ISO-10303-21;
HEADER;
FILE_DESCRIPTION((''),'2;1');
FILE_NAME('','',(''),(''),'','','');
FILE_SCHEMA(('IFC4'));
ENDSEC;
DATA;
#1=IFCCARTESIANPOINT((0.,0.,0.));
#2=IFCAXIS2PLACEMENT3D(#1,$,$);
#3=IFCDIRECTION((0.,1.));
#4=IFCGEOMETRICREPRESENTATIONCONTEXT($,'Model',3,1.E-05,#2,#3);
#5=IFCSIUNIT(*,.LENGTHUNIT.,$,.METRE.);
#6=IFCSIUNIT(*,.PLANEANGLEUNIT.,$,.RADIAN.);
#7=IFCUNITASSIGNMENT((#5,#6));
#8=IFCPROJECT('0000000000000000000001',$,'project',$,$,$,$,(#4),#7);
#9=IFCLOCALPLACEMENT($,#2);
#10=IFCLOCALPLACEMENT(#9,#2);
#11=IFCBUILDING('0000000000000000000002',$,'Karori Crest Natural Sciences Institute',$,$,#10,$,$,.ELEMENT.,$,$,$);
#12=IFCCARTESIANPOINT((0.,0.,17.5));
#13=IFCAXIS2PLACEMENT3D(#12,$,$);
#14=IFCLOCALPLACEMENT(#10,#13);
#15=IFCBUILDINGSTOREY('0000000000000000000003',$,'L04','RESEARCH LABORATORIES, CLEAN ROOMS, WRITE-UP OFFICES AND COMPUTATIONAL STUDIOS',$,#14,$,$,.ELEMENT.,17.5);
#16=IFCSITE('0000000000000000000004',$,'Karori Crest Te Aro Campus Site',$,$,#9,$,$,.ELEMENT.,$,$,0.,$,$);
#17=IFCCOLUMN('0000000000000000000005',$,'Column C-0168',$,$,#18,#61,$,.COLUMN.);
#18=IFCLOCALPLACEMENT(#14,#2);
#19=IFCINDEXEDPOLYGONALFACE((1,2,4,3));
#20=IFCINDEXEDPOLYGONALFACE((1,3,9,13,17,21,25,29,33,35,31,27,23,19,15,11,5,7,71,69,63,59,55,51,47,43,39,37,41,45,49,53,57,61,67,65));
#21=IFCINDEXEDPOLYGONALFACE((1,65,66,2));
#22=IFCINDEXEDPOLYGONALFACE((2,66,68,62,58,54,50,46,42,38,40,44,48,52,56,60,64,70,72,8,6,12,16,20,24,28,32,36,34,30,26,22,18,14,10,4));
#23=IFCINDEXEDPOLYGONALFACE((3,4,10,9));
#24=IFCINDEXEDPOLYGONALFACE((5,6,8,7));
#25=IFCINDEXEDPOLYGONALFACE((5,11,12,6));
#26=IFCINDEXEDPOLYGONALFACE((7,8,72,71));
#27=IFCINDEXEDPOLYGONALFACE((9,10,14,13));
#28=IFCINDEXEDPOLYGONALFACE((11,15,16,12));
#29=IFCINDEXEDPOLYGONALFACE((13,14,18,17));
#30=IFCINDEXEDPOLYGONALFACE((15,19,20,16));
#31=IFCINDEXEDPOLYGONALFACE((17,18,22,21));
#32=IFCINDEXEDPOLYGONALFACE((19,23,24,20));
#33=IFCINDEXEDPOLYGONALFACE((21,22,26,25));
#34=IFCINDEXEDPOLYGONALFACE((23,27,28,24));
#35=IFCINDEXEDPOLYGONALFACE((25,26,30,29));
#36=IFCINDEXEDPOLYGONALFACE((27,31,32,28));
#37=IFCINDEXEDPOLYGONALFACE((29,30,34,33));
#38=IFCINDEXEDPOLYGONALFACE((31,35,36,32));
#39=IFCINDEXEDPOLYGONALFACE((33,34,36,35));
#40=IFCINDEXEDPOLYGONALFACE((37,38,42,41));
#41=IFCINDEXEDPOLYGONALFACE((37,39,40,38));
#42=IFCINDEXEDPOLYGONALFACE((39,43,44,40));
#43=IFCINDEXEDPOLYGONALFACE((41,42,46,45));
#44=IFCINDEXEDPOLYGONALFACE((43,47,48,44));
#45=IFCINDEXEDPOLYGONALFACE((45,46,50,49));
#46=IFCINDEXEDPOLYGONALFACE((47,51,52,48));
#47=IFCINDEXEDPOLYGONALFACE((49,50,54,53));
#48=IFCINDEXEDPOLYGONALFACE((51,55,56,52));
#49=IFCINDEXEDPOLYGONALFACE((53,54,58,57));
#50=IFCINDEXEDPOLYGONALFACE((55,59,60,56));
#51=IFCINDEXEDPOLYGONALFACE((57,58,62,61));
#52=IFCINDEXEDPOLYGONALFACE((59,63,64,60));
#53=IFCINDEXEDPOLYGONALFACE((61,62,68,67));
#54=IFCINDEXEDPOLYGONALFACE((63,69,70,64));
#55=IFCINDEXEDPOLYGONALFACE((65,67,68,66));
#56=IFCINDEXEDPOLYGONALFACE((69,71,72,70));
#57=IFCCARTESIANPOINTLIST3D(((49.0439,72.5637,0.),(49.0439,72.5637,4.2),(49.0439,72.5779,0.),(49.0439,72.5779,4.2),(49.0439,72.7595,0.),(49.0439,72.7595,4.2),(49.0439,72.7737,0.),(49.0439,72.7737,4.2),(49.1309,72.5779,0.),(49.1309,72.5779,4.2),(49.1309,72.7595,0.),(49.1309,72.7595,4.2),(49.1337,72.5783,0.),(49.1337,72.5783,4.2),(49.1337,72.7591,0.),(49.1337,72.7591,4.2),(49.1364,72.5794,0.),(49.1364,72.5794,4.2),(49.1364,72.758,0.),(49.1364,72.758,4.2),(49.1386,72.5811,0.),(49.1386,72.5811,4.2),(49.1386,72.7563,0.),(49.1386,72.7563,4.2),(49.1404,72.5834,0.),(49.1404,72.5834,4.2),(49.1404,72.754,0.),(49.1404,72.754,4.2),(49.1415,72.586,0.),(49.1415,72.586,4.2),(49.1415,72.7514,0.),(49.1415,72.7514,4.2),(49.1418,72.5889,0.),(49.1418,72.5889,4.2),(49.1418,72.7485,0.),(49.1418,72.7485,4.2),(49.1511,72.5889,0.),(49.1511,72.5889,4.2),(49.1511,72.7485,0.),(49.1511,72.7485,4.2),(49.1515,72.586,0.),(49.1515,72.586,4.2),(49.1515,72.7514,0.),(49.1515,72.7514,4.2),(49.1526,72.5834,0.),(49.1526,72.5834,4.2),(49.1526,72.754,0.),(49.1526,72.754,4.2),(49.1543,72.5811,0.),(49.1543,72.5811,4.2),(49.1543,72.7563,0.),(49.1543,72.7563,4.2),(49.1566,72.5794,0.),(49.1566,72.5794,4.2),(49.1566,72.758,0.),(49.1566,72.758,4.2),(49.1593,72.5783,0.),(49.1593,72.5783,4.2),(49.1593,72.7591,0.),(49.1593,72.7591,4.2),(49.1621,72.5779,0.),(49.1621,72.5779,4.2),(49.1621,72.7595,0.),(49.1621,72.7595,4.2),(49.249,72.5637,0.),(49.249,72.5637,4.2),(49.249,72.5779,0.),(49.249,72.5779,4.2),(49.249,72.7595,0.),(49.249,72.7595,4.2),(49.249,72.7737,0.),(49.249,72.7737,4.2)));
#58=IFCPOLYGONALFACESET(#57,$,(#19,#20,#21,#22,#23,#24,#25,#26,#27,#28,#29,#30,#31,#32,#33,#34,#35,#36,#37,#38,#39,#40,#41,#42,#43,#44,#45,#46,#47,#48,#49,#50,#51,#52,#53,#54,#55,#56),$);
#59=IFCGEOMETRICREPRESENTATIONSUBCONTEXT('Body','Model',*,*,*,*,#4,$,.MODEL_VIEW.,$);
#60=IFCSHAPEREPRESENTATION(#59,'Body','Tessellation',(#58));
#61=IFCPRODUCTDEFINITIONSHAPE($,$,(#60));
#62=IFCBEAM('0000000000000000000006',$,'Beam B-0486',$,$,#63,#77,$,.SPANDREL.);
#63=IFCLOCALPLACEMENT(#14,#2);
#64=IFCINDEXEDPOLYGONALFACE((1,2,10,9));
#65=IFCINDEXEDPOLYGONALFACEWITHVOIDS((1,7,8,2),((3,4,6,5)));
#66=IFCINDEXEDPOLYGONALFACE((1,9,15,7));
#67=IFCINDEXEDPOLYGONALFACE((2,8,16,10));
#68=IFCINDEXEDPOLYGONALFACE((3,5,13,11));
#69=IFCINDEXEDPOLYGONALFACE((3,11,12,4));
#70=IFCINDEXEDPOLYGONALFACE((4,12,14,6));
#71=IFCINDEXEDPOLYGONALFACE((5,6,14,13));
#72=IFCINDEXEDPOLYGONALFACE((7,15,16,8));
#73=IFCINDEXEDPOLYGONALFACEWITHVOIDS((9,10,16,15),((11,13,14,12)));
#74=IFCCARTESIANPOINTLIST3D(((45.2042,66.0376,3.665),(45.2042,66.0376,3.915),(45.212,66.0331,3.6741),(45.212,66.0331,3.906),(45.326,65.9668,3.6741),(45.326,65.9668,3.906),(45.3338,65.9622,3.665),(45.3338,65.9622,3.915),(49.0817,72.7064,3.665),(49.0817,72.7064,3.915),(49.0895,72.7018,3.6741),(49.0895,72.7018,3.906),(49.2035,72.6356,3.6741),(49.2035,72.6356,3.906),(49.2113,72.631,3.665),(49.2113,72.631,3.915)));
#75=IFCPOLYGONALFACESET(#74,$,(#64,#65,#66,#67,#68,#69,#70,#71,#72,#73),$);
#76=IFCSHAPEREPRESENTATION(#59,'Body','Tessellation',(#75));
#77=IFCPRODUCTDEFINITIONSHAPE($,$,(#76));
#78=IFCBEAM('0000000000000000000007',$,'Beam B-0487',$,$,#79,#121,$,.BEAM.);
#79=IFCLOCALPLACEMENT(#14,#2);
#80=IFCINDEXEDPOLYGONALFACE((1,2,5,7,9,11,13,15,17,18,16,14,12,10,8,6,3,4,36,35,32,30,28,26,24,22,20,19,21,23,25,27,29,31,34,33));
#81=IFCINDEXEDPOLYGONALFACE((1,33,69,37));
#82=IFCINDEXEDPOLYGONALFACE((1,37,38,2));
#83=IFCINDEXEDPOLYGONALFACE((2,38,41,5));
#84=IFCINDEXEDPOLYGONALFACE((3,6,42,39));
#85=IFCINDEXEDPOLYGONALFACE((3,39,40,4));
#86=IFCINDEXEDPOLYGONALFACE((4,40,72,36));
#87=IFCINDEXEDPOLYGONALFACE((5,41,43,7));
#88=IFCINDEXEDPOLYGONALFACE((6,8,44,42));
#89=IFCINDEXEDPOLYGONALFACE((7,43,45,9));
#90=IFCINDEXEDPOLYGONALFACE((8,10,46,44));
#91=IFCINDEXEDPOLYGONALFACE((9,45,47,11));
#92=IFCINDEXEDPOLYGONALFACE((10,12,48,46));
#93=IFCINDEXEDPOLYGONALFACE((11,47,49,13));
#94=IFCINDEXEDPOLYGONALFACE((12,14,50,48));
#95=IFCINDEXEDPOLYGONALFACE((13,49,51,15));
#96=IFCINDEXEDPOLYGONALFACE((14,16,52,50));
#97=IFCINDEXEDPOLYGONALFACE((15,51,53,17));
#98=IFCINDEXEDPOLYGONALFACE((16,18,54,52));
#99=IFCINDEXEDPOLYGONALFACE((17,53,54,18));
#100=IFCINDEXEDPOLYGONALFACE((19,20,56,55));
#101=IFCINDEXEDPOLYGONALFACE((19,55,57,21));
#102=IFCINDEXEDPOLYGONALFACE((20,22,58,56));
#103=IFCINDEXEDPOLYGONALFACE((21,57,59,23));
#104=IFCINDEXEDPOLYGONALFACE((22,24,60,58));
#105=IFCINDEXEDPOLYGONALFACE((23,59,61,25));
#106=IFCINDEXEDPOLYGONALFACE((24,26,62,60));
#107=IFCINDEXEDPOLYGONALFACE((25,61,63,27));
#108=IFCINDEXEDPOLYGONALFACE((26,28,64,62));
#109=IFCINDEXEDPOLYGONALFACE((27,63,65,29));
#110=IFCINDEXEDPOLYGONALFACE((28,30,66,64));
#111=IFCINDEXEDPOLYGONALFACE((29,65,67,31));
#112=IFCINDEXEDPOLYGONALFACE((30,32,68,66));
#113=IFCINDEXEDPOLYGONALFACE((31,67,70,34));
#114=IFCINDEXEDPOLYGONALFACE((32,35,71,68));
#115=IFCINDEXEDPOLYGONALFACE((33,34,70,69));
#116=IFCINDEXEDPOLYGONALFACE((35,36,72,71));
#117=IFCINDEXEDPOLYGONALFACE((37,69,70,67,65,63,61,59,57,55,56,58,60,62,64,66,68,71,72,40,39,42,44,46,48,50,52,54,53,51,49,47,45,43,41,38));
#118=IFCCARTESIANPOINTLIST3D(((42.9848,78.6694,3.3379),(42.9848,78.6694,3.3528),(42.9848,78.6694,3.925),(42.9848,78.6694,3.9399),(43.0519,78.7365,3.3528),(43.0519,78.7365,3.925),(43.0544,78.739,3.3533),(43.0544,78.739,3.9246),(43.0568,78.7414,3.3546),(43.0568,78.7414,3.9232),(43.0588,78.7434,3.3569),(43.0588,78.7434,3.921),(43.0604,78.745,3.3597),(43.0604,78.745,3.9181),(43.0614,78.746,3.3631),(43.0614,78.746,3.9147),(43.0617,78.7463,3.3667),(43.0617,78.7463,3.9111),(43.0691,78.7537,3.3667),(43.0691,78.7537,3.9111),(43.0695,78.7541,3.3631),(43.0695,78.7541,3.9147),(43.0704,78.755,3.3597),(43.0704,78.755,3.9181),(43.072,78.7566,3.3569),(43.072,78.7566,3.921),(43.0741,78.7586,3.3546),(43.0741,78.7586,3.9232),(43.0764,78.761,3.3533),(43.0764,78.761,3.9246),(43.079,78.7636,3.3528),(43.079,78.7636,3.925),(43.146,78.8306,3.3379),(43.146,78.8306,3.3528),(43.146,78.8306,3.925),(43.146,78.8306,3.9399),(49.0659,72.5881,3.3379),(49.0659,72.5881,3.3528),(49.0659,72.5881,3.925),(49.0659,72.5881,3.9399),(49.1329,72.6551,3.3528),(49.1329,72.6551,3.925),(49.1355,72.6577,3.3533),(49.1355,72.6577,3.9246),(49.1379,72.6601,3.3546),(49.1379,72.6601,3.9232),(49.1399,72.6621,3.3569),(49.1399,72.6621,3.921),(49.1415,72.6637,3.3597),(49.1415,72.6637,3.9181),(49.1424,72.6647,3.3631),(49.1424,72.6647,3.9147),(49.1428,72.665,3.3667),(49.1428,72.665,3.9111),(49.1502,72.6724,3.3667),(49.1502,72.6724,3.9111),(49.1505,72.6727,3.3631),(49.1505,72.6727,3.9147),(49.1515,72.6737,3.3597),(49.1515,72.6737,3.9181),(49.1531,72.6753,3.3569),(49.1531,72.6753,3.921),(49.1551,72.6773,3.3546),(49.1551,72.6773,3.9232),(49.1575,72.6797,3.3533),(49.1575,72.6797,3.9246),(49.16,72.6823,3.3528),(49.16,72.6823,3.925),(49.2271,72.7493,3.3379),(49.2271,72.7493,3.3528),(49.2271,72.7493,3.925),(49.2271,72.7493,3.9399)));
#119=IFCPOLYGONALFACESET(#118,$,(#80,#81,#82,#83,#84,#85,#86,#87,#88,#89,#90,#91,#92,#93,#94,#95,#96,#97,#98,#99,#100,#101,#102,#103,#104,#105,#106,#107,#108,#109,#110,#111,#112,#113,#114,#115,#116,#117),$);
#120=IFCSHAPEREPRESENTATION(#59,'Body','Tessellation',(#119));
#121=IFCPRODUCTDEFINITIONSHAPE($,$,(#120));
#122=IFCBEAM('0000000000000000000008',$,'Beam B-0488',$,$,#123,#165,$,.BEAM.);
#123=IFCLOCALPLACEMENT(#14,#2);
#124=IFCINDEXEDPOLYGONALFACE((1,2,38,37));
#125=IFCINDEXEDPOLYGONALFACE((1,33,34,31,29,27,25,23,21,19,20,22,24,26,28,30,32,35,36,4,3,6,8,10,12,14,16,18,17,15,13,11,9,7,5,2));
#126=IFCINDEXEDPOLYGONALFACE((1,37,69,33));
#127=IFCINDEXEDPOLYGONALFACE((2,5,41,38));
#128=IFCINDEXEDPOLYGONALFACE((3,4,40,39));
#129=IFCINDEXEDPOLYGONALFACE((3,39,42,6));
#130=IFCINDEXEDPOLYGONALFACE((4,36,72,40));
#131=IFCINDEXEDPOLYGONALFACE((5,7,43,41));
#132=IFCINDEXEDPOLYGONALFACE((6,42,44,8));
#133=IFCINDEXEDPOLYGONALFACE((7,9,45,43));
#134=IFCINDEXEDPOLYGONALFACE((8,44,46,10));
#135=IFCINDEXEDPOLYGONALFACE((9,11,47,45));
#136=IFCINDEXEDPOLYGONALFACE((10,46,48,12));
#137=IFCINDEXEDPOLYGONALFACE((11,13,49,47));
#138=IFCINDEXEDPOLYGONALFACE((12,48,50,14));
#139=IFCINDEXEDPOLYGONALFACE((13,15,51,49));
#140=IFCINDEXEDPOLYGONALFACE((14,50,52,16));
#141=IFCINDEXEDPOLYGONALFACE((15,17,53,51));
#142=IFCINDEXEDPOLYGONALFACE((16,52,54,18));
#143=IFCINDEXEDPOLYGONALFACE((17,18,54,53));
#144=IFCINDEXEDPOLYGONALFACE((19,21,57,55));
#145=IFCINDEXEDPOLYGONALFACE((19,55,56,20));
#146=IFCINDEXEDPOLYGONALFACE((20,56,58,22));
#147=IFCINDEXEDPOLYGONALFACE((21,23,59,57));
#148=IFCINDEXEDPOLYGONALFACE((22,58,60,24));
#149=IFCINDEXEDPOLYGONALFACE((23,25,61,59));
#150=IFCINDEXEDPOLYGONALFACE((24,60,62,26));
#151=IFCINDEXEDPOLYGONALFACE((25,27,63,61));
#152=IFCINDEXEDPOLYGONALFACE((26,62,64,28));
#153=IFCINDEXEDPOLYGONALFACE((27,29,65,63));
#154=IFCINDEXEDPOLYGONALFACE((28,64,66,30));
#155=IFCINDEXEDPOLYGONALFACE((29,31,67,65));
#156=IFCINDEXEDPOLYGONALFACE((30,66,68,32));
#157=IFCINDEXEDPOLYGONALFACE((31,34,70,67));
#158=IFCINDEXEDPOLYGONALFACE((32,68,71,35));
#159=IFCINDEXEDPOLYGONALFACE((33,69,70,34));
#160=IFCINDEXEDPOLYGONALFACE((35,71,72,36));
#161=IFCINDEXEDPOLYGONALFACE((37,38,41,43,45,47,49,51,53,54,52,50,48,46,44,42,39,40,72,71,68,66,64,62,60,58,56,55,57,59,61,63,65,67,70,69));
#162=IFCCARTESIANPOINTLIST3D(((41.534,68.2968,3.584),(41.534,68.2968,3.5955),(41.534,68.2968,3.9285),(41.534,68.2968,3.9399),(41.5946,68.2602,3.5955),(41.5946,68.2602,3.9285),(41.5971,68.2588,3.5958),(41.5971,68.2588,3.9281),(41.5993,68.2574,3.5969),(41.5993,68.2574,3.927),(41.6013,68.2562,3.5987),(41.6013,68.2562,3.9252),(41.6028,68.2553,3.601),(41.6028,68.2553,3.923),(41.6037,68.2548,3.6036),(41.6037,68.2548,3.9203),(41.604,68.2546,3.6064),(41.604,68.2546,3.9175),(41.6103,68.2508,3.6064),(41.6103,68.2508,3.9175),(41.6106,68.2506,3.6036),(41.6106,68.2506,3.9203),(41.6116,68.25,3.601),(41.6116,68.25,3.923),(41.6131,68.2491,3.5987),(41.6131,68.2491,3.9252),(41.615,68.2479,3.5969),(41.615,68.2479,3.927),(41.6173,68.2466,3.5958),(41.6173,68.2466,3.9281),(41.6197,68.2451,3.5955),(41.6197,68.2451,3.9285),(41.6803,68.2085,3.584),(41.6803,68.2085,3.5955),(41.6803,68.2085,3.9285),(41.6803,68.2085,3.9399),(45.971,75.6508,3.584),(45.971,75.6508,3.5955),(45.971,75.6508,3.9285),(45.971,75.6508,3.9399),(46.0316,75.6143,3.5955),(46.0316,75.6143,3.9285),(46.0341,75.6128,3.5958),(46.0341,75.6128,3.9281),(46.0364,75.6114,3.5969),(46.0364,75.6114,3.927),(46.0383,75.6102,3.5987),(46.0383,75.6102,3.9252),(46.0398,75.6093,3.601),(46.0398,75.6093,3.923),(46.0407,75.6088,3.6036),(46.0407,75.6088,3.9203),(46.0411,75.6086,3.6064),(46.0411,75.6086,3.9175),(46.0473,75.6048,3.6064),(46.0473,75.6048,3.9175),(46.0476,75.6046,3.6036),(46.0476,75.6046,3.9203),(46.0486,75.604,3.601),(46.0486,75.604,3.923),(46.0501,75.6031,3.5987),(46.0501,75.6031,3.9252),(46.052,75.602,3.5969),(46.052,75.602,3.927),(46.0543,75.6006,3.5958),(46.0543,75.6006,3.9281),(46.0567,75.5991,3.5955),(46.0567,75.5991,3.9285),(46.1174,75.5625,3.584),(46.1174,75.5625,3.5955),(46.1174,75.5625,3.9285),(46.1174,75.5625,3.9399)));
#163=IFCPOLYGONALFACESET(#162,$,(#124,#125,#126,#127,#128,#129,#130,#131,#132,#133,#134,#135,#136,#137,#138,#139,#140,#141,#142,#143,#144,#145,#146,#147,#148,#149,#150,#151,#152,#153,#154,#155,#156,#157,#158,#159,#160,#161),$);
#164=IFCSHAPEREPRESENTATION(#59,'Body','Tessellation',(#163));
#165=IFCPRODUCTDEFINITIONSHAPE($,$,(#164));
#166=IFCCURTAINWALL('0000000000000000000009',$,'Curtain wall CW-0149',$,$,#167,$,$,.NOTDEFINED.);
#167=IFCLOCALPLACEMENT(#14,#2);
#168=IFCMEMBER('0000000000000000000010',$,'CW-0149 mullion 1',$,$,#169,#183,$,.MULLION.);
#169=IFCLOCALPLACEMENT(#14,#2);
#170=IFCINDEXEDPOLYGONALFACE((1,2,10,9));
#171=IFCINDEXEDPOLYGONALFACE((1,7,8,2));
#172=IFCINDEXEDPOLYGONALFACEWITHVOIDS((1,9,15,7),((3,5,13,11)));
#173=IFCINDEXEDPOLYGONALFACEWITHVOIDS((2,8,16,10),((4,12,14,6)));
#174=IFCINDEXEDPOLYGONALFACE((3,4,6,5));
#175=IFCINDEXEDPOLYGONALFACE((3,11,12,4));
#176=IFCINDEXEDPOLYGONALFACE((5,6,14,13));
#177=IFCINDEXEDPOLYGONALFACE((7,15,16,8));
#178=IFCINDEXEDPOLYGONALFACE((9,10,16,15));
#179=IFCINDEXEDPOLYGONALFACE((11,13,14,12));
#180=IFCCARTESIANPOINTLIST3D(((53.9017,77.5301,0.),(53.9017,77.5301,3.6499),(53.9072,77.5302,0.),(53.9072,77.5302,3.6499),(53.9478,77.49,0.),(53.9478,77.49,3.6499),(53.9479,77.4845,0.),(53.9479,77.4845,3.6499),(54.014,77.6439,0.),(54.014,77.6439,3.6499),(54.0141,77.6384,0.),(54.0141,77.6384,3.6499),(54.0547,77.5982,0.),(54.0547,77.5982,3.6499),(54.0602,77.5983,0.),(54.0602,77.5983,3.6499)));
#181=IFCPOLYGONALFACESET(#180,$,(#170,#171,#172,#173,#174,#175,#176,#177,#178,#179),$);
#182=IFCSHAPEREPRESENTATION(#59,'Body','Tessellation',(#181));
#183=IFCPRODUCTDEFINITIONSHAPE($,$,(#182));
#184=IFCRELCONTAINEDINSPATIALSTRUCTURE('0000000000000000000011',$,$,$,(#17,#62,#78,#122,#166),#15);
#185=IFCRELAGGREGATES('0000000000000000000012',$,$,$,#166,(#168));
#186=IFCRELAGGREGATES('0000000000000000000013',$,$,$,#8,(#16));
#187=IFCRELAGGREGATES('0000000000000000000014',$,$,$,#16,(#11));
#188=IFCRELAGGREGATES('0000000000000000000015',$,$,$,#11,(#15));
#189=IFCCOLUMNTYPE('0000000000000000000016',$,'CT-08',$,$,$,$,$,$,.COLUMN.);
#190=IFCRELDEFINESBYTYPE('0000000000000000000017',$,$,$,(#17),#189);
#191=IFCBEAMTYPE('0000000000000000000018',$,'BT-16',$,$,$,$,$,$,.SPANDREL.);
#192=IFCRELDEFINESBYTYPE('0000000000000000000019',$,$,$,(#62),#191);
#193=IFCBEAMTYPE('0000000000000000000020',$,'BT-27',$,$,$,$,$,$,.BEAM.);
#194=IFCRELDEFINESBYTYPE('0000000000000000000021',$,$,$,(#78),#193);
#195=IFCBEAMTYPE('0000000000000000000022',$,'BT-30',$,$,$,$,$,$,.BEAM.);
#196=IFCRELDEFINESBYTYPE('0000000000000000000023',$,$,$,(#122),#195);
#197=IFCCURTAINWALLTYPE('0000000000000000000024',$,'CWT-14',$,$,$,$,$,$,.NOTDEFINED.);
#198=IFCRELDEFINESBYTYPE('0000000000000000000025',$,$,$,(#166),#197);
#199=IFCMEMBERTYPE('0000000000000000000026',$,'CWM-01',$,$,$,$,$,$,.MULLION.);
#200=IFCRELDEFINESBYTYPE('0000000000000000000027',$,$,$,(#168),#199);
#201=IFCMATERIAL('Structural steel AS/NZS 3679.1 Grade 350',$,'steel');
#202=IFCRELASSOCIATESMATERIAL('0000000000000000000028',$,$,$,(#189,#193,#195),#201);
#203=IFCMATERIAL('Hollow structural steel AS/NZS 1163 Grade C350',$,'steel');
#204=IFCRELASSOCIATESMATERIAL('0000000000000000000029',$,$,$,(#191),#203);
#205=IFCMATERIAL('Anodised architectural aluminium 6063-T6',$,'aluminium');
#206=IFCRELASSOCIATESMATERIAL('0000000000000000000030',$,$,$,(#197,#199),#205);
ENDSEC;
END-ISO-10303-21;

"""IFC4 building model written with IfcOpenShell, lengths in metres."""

from ifc_helpers import new_model, si_unit, direction, frame, origin, origin_2d, place, context, subcontext, project, spatial, hollow_rectangle, i_section, extrude, material, material_profile, profile_set, type_object, element, aggregate, save


model = new_model("IFC4")

# Units and contexts
model_context = context("Model", 3, precision=1e-05, world=origin(), true_north=direction((0.0, 1.0)))
body_context = subcontext(model_context, "Body", "Model", "MODEL_VIEW")
ifc_project = project(units=[si_unit("LENGTHUNIT", "METRE"), si_unit("PLANEANGLEUNIT", "RADIAN")], contexts=[model_context])

# Site, building, storey
site_placement = place(None, origin())
site = spatial("IfcSite", under=ifc_project, at=site_placement, Name="Karori Crest Te Aro Campus Site", CompositionType="ELEMENT", RefElevation=0.0)
building_placement = place(site_placement, origin())
building = spatial("IfcBuilding", under=site, at=building_placement, Name="Karori Crest Natural Sciences Institute", CompositionType="ELEMENT")
storey_placement = place(building_placement, frame((0.0, 0.0, 17.5)))
storey = spatial("IfcBuildingStorey", under=building, at=storey_placement, Name="L04", Description="RESEARCH LABORATORIES, CLEAN ROOMS, WRITE-UP OFFICES AND COMPUTATIONAL STUDIOS", CompositionType="ELEMENT", Elevation=17.5)

# Column
ifc_material_1 = material(Name="Structural steel AS/NZS 3679.1 Grade 350", Category="steel")
ifc_material_profile_1 = material_profile(ifc_material_1, i_section(OverallWidth=0.2051, OverallDepth=0.21, WebThickness=0.0093, FlangeThickness=0.0142, FilletRadius=0.011, at=origin_2d()), Name="200UC59.5")
ifc_profile_set_1 = profile_set([ifc_material_profile_1], Name="Structural steel AS/NZS 3679.1 Grade 350")
column_type = type_object("IfcColumnType", Name="CT-08", PredefinedType="COLUMN", material=ifc_profile_set_1)
column_placement = place(storey_placement, frame((49.1465, 72.6687, 0.0), z_axis=(0.0, 0.0, 1.0), x_axis=(1.0, 0.0, 0.0)))
element("IfcColumn", 1, at=column_placement, inside=storey, type_object=column_type, Name="Column C-0168", PredefinedType="COLUMN", context=body_context, shape_type="SweptSolid", body=[
    extrude(i_section(OverallWidth=0.2051, OverallDepth=0.21, WebThickness=0.0093, FlangeThickness=0.0142, FilletRadius=0.011, at=origin_2d()), origin(), (0.0, 0.0, 1.0), 4.2),
])

# Beams
ifc_material_2 = material(Name="Hollow structural steel AS/NZS 1163 Grade C350", Category="steel")
ifc_material_profile_2 = material_profile(ifc_material_2, hollow_rectangle(XDim=0.1499, YDim=0.25, WallThickness=0.009, at=origin_2d()), Name="RHS250x150x9")
ifc_profile_set_2 = profile_set([ifc_material_profile_2], Name="Hollow structural steel AS/NZS 1163 Grade C350")
beam_type_1 = type_object("IfcBeamType", Name="BT-16", PredefinedType="SPANDREL", material=ifc_profile_set_2)
beam_1_placement = place(storey_placement, frame((49.1465, 72.6687, 3.79), z_axis=(-0.502649, -0.864491, 0.0), x_axis=(0.864491, -0.502649, 0.0)))
element("IfcBeam", 2, at=beam_1_placement, inside=storey, type_object=beam_type_1, Name="Beam B-0486", PredefinedType="SPANDREL", context=body_context, shape_type="SweptSolid", body=[
    extrude(hollow_rectangle(XDim=0.1499, YDim=0.25, WallThickness=0.009, at=origin_2d()), origin(), (0.0, 0.0, 1.0), 7.7141),
])
ifc_material_profile_3 = material_profile(ifc_material_1, i_section(OverallWidth=0.228, OverallDepth=0.6021, WebThickness=0.0105, FlangeThickness=0.0149, FilletRadius=0.0139, at=origin_2d()), Name="610UB101")
ifc_profile_set_3 = profile_set([ifc_material_profile_3], Name="Structural steel AS/NZS 3679.1 Grade 350")
beam_type_2 = type_object("IfcBeamType", Name="BT-27", PredefinedType="BEAM", material=ifc_profile_set_3)
beam_2_placement = place(storey_placement, frame((49.1465, 72.6687, 3.6389), z_axis=(-0.707093, 0.707121, 0.0), x_axis=(-0.707121, -0.707093, 0.0)))
element("IfcBeam", 3, at=beam_2_placement, inside=storey, type_object=beam_type_2, Name="Beam B-0487", PredefinedType="BEAM", context=body_context, shape_type="SweptSolid", body=[
    extrude(i_section(OverallWidth=0.228, OverallDepth=0.6021, WebThickness=0.0105, FlangeThickness=0.0149, FilletRadius=0.0139, at=origin_2d()), origin(), (0.0, 0.0, 1.0), 8.6001),
])
ifc_material_profile_4 = material_profile(ifc_material_1, i_section(OverallWidth=0.1709, OverallDepth=0.356, WebThickness=0.0073, FlangeThickness=0.0115, FilletRadius=0.011, at=origin_2d()), Name="360UB50.7")
ifc_profile_set_4 = profile_set([ifc_material_profile_4], Name="Structural steel AS/NZS 3679.1 Grade 350")
beam_type_3 = type_object("IfcBeamType", Name="BT-30", PredefinedType="BEAM", material=ifc_profile_set_4)
beam_3_placement = place(storey_placement, frame((46.0442, 75.6067, 3.762), z_axis=(-0.516601, -0.856226, 0.0), x_axis=(0.856226, -0.516601, 0.0)))
element("IfcBeam", 4, at=beam_3_placement, inside=storey, type_object=beam_type_3, Name="Beam B-0488", PredefinedType="BEAM", context=body_context, shape_type="SweptSolid", body=[
    extrude(i_section(OverallWidth=0.1709, OverallDepth=0.356, WebThickness=0.0073, FlangeThickness=0.0115, FilletRadius=0.011, at=origin_2d()), origin(), (0.0, 0.0, 1.0), 8.5889),
])

# Curtain wall, member
ifc_material_3 = material(Name="Anodised architectural aluminium 6063-T6", Category="aluminium")
curtain_wall_type_1 = type_object("IfcCurtainWallType", Name="CWT-14", PredefinedType="NOTDEFINED", material=ifc_material_3)
curtain_wall_1_placement = place(storey_placement, origin())
curtain_wall_1 = element("IfcCurtainWall", 5, at=curtain_wall_1_placement, inside=storey, type_object=curtain_wall_type_1, Name="Curtain wall CW-0149", PredefinedType="NOTDEFINED")
ifc_material_profile_5 = material_profile(ifc_material_3, hollow_rectangle(XDim=0.0649, YDim=0.1599, WallThickness=0.0039, at=origin_2d()), Name="CWM160x65x4")
ifc_profile_set_5 = profile_set([ifc_material_profile_5], Name="Anodised architectural aluminium 6063-T6")
member_type_1 = type_object("IfcMemberType", Name="CWM-01", PredefinedType="MULLION", material=ifc_profile_set_5)
member_1_placement = place(storey_placement, frame((53.981, 77.5642, 0.0), z_axis=(0.0, 0.0, 1.0), x_axis=(0.711525, -0.702661, 0.0)))
member_1 = element("IfcMember", 6, at=member_1_placement, type_object=member_type_1, Name="CW-0149 mullion 1", PredefinedType="MULLION", context=body_context, shape_type="SweptSolid", body=[
    extrude(hollow_rectangle(XDim=0.0649, YDim=0.1599, WallThickness=0.0039, at=origin_2d()), origin(), (0.0, 0.0, 1.0), 3.6499),
])

aggregate(curtain_wall_1, [member_1])

save(model, "model.ifc")
